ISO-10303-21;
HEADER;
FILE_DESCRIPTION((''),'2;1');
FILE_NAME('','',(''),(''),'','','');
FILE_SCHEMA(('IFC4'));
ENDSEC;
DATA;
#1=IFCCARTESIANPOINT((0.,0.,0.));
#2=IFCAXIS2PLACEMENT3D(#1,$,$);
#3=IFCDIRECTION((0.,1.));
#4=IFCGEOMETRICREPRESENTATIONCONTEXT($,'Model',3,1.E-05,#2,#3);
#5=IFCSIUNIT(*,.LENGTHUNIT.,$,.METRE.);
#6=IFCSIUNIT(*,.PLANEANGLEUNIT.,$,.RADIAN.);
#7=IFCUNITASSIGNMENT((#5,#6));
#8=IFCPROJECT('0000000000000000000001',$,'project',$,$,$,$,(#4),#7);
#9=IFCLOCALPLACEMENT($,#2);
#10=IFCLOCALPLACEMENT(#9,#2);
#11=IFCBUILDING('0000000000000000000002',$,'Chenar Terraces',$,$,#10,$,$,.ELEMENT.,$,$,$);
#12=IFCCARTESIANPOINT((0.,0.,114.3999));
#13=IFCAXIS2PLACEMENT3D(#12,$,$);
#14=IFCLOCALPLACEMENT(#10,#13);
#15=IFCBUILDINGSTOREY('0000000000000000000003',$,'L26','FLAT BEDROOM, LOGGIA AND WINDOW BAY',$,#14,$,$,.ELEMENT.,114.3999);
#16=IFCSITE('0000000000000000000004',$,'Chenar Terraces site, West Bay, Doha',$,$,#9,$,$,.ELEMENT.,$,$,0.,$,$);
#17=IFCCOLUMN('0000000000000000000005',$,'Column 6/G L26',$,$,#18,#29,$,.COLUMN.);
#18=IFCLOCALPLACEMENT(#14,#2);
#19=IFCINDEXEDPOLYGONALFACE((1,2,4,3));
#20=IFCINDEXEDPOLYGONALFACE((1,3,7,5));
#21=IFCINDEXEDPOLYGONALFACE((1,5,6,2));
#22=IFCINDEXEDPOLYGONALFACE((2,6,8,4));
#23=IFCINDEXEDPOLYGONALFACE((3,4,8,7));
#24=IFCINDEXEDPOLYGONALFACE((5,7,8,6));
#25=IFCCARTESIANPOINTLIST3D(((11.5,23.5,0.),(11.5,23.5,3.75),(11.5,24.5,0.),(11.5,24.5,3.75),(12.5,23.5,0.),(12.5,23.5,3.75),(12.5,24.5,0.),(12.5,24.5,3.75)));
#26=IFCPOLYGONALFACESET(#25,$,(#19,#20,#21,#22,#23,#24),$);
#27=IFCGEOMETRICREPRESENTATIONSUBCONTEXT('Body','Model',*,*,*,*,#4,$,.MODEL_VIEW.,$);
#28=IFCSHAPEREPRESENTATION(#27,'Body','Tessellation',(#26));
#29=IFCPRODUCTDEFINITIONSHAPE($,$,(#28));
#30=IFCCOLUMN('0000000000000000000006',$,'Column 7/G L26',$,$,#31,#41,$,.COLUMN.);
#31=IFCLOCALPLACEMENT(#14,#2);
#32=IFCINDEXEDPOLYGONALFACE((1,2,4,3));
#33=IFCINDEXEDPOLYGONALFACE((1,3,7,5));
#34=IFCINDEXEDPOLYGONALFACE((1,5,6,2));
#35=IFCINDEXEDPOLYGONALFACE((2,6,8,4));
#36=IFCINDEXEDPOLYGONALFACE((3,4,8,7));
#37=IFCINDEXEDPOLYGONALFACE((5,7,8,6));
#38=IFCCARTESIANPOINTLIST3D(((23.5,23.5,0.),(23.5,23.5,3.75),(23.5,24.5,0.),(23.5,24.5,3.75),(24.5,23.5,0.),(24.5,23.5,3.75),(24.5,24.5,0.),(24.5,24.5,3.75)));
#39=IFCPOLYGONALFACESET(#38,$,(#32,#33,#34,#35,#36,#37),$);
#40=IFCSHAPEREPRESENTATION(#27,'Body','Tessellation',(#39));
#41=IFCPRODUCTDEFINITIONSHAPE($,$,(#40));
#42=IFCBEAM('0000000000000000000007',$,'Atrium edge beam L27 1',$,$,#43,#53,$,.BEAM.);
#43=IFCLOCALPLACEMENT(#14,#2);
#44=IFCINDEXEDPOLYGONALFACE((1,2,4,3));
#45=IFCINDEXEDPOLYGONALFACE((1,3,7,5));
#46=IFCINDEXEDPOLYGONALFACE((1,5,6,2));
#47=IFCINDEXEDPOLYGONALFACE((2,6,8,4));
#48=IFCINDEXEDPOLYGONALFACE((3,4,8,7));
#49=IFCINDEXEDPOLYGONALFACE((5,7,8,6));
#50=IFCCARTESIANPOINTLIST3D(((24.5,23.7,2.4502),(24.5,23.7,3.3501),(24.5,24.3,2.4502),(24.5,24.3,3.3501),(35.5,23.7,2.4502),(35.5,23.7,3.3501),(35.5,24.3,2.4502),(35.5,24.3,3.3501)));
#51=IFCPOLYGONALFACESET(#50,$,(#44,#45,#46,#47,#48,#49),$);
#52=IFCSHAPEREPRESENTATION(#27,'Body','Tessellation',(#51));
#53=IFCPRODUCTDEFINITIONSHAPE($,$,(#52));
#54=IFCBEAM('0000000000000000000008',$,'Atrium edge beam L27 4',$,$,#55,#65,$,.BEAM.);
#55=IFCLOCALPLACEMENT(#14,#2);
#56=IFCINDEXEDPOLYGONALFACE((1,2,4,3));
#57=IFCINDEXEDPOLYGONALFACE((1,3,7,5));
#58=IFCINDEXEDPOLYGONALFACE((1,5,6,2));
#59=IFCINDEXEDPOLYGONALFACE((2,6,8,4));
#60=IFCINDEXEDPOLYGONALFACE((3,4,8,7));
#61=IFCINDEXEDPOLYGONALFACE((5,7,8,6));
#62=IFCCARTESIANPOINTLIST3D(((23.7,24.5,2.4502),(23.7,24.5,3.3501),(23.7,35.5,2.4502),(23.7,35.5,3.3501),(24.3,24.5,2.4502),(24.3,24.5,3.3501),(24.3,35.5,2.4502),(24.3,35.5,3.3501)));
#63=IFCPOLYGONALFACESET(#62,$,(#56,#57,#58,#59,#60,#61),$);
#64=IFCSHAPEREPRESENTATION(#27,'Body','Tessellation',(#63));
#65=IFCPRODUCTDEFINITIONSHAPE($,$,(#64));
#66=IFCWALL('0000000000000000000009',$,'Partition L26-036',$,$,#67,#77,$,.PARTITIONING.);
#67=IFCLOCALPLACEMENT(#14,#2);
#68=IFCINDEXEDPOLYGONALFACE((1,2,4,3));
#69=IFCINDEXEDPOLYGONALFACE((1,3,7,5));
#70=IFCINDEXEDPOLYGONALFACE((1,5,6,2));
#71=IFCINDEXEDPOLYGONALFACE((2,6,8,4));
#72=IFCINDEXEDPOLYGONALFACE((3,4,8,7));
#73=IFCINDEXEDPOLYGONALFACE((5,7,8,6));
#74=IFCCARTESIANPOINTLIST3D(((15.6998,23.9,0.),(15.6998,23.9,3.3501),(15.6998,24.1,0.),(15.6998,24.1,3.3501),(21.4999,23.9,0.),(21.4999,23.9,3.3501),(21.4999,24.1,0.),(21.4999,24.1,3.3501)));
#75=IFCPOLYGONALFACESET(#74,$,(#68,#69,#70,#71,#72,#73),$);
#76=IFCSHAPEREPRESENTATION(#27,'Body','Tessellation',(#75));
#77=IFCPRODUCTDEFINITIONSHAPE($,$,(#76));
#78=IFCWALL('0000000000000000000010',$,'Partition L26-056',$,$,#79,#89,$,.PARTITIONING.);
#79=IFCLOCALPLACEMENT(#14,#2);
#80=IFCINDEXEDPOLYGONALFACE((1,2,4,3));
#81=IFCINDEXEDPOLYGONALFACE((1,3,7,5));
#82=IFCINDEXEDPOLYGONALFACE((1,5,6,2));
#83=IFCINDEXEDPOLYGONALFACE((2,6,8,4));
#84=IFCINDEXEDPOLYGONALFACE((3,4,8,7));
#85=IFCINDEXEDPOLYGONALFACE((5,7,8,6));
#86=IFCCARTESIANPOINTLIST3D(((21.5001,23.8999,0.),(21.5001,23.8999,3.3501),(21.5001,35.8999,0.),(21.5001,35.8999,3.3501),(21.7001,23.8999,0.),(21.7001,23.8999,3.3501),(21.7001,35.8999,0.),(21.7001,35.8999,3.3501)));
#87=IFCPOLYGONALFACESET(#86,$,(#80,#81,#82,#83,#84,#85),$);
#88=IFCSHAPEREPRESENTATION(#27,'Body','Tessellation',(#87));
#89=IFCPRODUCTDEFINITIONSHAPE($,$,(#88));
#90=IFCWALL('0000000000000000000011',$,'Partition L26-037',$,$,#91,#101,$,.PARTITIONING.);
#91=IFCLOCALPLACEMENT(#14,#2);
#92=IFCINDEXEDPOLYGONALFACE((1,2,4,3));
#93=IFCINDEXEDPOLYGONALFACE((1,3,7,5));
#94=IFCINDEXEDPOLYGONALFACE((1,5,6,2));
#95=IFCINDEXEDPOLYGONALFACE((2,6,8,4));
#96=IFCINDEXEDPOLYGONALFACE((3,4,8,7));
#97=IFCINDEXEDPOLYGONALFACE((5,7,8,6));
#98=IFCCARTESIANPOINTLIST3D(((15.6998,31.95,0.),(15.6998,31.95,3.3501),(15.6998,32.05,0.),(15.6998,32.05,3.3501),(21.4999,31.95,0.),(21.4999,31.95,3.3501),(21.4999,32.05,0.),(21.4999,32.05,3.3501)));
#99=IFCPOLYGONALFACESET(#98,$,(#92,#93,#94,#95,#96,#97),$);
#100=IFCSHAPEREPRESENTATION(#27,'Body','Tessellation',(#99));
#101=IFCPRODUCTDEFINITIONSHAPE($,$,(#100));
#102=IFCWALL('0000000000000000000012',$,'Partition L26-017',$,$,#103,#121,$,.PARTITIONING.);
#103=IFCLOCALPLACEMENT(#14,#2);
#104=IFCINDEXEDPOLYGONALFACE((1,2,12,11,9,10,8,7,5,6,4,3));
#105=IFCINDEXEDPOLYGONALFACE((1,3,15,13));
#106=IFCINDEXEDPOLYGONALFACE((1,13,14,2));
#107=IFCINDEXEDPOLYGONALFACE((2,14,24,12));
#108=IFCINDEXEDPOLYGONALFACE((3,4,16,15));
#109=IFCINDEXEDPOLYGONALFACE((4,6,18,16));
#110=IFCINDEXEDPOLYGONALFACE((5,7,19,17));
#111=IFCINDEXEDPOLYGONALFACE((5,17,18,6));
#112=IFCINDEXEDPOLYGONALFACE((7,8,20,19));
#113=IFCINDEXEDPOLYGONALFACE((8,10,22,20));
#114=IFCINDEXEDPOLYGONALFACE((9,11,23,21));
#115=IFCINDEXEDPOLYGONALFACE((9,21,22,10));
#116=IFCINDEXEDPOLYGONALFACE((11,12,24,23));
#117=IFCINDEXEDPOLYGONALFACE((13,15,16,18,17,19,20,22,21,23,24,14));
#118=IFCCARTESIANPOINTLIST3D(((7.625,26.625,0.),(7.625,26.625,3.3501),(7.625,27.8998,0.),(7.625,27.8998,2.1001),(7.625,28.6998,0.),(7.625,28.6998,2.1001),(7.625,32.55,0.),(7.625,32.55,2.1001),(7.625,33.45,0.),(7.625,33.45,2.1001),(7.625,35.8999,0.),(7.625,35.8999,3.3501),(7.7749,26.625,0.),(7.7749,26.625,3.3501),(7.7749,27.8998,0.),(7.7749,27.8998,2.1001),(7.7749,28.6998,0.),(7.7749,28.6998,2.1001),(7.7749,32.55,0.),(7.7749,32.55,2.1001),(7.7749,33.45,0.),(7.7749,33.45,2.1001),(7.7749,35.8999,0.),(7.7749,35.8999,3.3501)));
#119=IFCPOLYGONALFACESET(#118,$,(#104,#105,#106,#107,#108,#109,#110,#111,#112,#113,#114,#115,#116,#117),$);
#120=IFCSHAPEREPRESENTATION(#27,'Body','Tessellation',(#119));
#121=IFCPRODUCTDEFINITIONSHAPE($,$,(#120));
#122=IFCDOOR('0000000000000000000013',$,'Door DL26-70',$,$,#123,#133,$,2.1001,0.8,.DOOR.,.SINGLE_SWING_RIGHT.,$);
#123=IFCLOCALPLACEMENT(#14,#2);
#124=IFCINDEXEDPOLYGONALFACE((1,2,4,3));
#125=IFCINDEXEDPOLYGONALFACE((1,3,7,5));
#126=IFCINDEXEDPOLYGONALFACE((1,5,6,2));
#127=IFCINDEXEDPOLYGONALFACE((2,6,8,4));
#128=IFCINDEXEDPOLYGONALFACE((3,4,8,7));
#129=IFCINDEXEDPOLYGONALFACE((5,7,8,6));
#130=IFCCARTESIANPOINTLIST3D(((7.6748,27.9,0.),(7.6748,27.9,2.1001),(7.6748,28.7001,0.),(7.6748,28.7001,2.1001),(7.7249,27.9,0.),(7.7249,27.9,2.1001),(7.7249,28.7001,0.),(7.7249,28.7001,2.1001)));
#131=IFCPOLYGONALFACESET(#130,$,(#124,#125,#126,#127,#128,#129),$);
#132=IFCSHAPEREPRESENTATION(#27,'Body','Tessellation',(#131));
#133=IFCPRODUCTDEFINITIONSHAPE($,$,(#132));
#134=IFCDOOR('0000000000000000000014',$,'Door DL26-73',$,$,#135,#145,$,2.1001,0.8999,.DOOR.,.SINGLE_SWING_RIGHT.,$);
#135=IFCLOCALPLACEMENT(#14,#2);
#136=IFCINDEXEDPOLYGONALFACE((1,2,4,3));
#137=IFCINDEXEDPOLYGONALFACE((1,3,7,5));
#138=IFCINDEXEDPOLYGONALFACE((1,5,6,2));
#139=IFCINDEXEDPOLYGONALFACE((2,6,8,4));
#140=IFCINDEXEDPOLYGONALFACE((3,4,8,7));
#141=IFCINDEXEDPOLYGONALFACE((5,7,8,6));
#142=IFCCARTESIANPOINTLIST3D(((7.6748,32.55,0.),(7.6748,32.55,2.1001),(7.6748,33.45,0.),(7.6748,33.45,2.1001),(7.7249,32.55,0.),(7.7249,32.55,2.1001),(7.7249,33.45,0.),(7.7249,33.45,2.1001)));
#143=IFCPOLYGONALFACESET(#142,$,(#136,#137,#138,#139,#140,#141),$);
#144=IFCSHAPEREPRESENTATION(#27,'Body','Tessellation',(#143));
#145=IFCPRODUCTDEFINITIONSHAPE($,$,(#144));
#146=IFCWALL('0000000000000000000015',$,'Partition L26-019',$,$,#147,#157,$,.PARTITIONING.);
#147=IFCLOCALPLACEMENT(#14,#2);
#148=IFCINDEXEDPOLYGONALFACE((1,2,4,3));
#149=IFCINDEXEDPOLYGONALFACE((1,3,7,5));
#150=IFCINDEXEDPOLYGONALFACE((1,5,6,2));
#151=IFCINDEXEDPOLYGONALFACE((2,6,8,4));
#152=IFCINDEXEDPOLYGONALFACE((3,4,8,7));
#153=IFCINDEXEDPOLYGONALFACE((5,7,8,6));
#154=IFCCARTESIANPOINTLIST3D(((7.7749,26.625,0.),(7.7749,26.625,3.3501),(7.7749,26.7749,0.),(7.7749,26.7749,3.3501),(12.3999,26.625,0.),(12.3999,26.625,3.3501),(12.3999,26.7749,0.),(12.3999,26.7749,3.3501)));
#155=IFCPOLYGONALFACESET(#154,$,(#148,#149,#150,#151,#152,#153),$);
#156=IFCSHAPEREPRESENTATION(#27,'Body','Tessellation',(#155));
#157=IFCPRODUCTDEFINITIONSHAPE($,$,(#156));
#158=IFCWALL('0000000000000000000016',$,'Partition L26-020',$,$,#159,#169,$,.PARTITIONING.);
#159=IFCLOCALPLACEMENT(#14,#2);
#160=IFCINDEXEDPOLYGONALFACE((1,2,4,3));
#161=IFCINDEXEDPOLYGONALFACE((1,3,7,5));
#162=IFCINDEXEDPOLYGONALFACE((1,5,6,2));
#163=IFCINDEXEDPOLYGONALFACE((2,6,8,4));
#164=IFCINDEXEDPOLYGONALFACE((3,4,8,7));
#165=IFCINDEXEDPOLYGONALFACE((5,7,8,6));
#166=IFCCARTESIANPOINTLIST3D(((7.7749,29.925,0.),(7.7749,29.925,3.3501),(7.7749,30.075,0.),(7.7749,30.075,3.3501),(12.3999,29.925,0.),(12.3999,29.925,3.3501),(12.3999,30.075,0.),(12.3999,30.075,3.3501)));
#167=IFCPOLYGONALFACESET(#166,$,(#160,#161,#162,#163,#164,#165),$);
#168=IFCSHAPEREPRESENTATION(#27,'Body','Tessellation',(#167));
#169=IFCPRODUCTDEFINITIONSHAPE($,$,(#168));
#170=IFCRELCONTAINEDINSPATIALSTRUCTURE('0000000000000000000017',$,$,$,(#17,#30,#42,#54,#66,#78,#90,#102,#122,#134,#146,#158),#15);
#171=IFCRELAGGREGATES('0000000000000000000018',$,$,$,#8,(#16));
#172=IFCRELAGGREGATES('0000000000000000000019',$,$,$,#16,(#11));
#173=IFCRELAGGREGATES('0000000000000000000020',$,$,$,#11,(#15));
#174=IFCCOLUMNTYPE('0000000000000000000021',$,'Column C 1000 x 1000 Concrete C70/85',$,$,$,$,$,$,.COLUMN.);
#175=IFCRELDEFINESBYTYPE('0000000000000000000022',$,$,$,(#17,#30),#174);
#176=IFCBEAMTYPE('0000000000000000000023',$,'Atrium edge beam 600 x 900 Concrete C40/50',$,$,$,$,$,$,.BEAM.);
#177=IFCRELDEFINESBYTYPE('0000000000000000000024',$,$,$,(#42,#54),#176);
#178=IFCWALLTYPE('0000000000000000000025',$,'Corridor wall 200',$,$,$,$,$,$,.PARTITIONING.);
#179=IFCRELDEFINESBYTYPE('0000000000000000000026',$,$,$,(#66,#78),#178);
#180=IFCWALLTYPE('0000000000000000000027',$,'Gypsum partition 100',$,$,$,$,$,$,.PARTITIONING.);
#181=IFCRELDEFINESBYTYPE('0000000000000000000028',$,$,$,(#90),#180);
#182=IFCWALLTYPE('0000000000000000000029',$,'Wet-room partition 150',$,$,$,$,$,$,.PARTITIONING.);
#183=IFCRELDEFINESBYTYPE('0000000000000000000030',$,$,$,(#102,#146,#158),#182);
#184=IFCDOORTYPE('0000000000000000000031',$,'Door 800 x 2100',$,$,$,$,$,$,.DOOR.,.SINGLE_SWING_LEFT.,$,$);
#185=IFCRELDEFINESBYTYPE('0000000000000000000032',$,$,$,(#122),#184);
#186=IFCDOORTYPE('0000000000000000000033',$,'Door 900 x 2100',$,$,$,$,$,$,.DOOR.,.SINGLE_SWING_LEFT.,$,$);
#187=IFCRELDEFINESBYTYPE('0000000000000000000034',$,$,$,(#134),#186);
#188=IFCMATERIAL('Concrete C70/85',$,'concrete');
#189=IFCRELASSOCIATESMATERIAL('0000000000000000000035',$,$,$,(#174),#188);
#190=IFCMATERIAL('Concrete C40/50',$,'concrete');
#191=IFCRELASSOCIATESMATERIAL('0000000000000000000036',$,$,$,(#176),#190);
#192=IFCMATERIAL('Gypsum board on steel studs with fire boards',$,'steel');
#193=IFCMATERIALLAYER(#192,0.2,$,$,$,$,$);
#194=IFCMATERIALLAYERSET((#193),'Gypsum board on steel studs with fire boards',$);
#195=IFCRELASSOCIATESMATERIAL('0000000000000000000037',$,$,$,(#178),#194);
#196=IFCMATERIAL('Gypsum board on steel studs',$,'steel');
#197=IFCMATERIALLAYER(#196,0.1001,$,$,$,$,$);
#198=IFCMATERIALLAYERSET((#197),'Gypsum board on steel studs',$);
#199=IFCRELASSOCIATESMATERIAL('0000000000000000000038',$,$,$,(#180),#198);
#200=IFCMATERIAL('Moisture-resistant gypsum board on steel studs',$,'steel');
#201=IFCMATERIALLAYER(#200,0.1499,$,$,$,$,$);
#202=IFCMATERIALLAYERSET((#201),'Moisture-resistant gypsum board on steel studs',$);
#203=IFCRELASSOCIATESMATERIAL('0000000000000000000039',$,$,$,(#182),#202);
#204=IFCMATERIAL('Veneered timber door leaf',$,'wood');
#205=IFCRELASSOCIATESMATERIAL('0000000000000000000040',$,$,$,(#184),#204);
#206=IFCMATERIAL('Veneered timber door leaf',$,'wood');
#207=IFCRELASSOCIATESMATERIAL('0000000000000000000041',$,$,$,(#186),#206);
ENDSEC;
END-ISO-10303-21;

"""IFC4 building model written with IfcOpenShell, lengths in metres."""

from ifc_helpers import new_model, si_unit, direction, frame, frame_2d, origin, origin_2d, place, context, subcontext, project, spatial, rectangle, extrude, material, layer, layer_set, material_profile, profile_set, type_object, element, fill, save


model = new_model("IFC4")

# Units and contexts
model_context = context("Model", 3, precision=1e-05, world=origin(), true_north=direction((0.0, 1.0)))
body_context = subcontext(model_context, "Body", "Model", "MODEL_VIEW")
ifc_project = project(units=[si_unit("LENGTHUNIT", "METRE"), si_unit("PLANEANGLEUNIT", "RADIAN")], contexts=[model_context])

# Site, building, storey
site_placement = place(None, origin())
site = spatial("IfcSite", under=ifc_project, at=site_placement, Name="Chenar Terraces site, West Bay, Doha", CompositionType="ELEMENT", RefElevation=0.0)
building_placement = place(site_placement, origin())
building = spatial("IfcBuilding", under=site, at=building_placement, Name="Chenar Terraces", CompositionType="ELEMENT")
storey_placement = place(building_placement, frame((0.0, 0.0, 114.3999)))
storey = spatial("IfcBuildingStorey", under=building, at=storey_placement, Name="L26", Description="FLAT BEDROOM, LOGGIA AND WINDOW BAY", CompositionType="ELEMENT", Elevation=114.3999)

# Columns
ifc_material_1 = material(Name="Concrete C70/85", Category="concrete")
ifc_material_profile_1 = material_profile(ifc_material_1, rectangle(XDim=1.0, YDim=1.0, at=origin_2d()), Name="C 1000 x 1000")
ifc_profile_set_1 = profile_set([ifc_material_profile_1], Name="Concrete C70/85")
column_type = type_object("IfcColumnType", Name="Column C 1000 x 1000 Concrete C70/85", PredefinedType="COLUMN", material=ifc_profile_set_1)
for number, where, z_axis, x_axis, name in (
    (1, (12.0, 24.0, 0.0), (0.0, 0.0, 1.0), (1.0, 0.0, 0.0), "Column 6/G L26"),
    (2, (24.0, 24.0, 0.0), (0.0, 0.0, 1.0), (1.0, 0.0, 0.0), "Column 7/G L26"),
):
    element("IfcColumn", number, at=place(storey_placement, frame(where, z_axis=z_axis, x_axis=x_axis)), inside=storey, type_object=column_type, Name=name, PredefinedType="COLUMN", context=body_context, shape_type="SweptSolid", body=[
        extrude(rectangle(XDim=1.0, YDim=1.0, at=origin_2d()), origin(), (0.0, 0.0, 1.0), 3.75),
    ])

# Beams
ifc_material_2 = material(Name="Concrete C40/50", Category="concrete")
ifc_material_profile_2 = material_profile(ifc_material_2, rectangle(XDim=0.6001, YDim=0.8999, at=origin_2d()), Name="RC 600 x 900")
ifc_profile_set_2 = profile_set([ifc_material_profile_2], Name="Concrete C40/50")
beam_type = type_object("IfcBeamType", Name="Atrium edge beam 600 x 900 Concrete C40/50", PredefinedType="BEAM", material=ifc_profile_set_2)
for number, where, z_axis, x_axis, name in (
    (3, (24.5, 24.0, 2.9001), (1.0, 0.0, 0.0), (0.0, 1.0, 0.0), "Atrium edge beam L27 1"),
    (4, (24.0, 35.5, 2.9001), (0.0, -1.0, 0.0), (1.0, 0.0, 0.0), "Atrium edge beam L27 4"),
):
    element("IfcBeam", number, at=place(storey_placement, frame(where, z_axis=z_axis, x_axis=x_axis)), inside=storey, type_object=beam_type, Name=name, PredefinedType="BEAM", context=body_context, shape_type="SweptSolid", body=[
        extrude(rectangle(XDim=0.6001, YDim=0.8999, at=origin_2d()), origin(), (0.0, 0.0, 1.0), 11.0),
    ])

# Walls
ifc_material_3 = material(Name="Gypsum board on steel studs with fire boards", Category="steel")
ifc_layer_1 = layer(ifc_material_3, 0.2)
ifc_layer_set_1 = layer_set([ifc_layer_1], Name="Gypsum board on steel studs with fire boards")
wall_type_1 = type_object("IfcWallType", Name="Corridor wall 200", PredefinedType="PARTITIONING", material=ifc_layer_set_1)
wall_1_placement = place(storey_placement, frame((15.7, 24.0, 0.0), z_axis=(0.0, 0.0, 1.0), x_axis=(1.0, 0.0, 0.0)))
element("IfcWall", 5, at=wall_1_placement, inside=storey, type_object=wall_type_1, Name="Partition L26-036", PredefinedType="PARTITIONING", context=body_context, shape_type="SweptSolid", body=[
    extrude(rectangle(XDim=5.8, YDim=0.2, at=frame_2d((2.8999, 0.0))), origin(), (0.0, 0.0, 1.0), 3.3501),
])
wall_2_placement = place(storey_placement, frame((21.6001, 23.8999, 0.0), z_axis=(0.0, 0.0, 1.0), x_axis=(0.0, 1.0, 0.0)))
element("IfcWall", 6, at=wall_2_placement, inside=storey, type_object=wall_type_1, Name="Partition L26-056", PredefinedType="PARTITIONING", context=body_context, shape_type="SweptSolid", body=[
    extrude(rectangle(XDim=12.0, YDim=0.2, at=frame_2d((6.0, 0.0))), origin(), (0.0, 0.0, 1.0), 3.3501),
])
ifc_material_4 = material(Name="Gypsum board on steel studs", Category="steel")
ifc_layer_2 = layer(ifc_material_4, 0.1001)
ifc_layer_set_2 = layer_set([ifc_layer_2], Name="Gypsum board on steel studs")
wall_type_2 = type_object("IfcWallType", Name="Gypsum partition 100", PredefinedType="PARTITIONING", material=ifc_layer_set_2)
wall_3_placement = place(storey_placement, frame((15.7, 32.0, 0.0), z_axis=(0.0, 0.0, 1.0), x_axis=(1.0, 0.0, 0.0)))
element("IfcWall", 7, at=wall_3_placement, inside=storey, type_object=wall_type_2, Name="Partition L26-037", PredefinedType="PARTITIONING", context=body_context, shape_type="SweptSolid", body=[
    extrude(rectangle(XDim=5.8, YDim=0.1001, at=frame_2d((2.8999, 0.0))), origin(), (0.0, 0.0, 1.0), 3.3501),
])

# Wall, openings, doors
ifc_material_5 = material(Name="Moisture-resistant gypsum board on steel studs", Category="steel")
ifc_layer_3 = layer(ifc_material_5, 0.1499)
ifc_layer_set_3 = layer_set([ifc_layer_3], Name="Moisture-resistant gypsum board on steel studs")
wall_type_3 = type_object("IfcWallType", Name="Wet-room partition 150", PredefinedType="PARTITIONING", material=ifc_layer_set_3)
wall_4_placement = place(storey_placement, frame((7.7, 26.625, 0.0), z_axis=(0.0, 0.0, 1.0), x_axis=(0.0, 1.0, 0.0)))
wall_4 = element("IfcWall", 8, at=wall_4_placement, inside=storey, type_object=wall_type_3, Name="Partition L26-017", PredefinedType="PARTITIONING", context=body_context, shape_type="SweptSolid", body=[
    extrude(rectangle(XDim=9.2749, YDim=0.1499, at=frame_2d((4.6375, 0.0))), origin(), (0.0, 0.0, 1.0), 3.3501),
])
opening_1_placement = place(wall_4_placement, frame((1.2749, 0.0, 0.0)))
opening_1 = element("IfcOpeningElement", 9, at=opening_1_placement, cuts=wall_4, PredefinedType="OPENING", context=body_context, shape_type="SweptSolid", body=[
    extrude(rectangle(XDim=0.8, YDim=2.1001, at=frame_2d((0.3999, 1.05))), frame((0.0, 0.085, 0.0), z_axis=(0.0, -1.0, 0.0), x_axis=(1.0, 0.0, 0.0)), (0.0, 0.0, 1.0), 0.1699),
])
opening_2_placement = place(wall_4_placement, frame((5.925, 0.0, 0.0)))
opening_2 = element("IfcOpeningElement", 10, at=opening_2_placement, cuts=wall_4, PredefinedType="OPENING", context=body_context, shape_type="SweptSolid", body=[
    extrude(rectangle(XDim=0.8999, YDim=2.1001, at=frame_2d((0.45, 1.05))), frame((0.0, 0.085, 0.0), z_axis=(0.0, -1.0, 0.0), x_axis=(1.0, 0.0, 0.0)), (0.0, 0.0, 1.0), 0.1699),
])
ifc_material_6 = material(Name="Veneered timber door leaf", Category="wood")
door_type_1 = type_object("IfcDoorType", Name="Door 800 x 2100", OperationType="SINGLE_SWING_LEFT", PredefinedType="DOOR", material=ifc_material_6)
door_1_placement = place(opening_1_placement, frame((0.8, 0.0, 0.0), z_axis=(0.0, 0.0, 1.0), x_axis=(-1.0, 0.0, 0.0)))
door_1 = element("IfcDoor", 11, at=door_1_placement, inside=storey, type_object=door_type_1, Name="Door DL26-70", OperationType="SINGLE_SWING_RIGHT", OverallHeight=2.1001, OverallWidth=0.8, PredefinedType="DOOR", context=body_context, shape_type="SweptSolid", body=[
    extrude(rectangle(XDim=0.8, YDim=2.1001, at=frame_2d((0.3999, 1.05))), frame((0.0, 0.0249, 0.0), z_axis=(0.0, -1.0, 0.0), x_axis=(1.0, 0.0, 0.0)), (0.0, 0.0, 1.0), 0.05),
])
fill(opening_1, door_1)
ifc_material_7 = material(Name="Veneered timber door leaf", Category="wood")
door_type_2 = type_object("IfcDoorType", Name="Door 900 x 2100", OperationType="SINGLE_SWING_LEFT", PredefinedType="DOOR", material=ifc_material_7)
door_2_placement = place(opening_2_placement, frame((0.8999, 0.0, 0.0), z_axis=(0.0, 0.0, 1.0), x_axis=(-1.0, 0.0, 0.0)))
door_2 = element("IfcDoor", 12, at=door_2_placement, inside=storey, type_object=door_type_2, Name="Door DL26-73", OperationType="SINGLE_SWING_RIGHT", OverallHeight=2.1001, OverallWidth=0.8999, PredefinedType="DOOR", context=body_context, shape_type="SweptSolid", body=[
    extrude(rectangle(XDim=0.8999, YDim=2.1001, at=frame_2d((0.45, 1.05))), frame((0.0, 0.0249, 0.0), z_axis=(0.0, -1.0, 0.0), x_axis=(1.0, 0.0, 0.0)), (0.0, 0.0, 1.0), 0.05),
])
fill(opening_2, door_2)

# Walls
for number, where, z_axis, x_axis, name in (
    (13, (7.7749, 26.7, 0.0), (0.0, 0.0, 1.0), (1.0, 0.0, 0.0), "Partition L26-019"),
    (14, (7.7749, 30.0, 0.0), (0.0, 0.0, 1.0), (1.0, 0.0, 0.0), "Partition L26-020"),
):
    element("IfcWall", number, at=place(storey_placement, frame(where, z_axis=z_axis, x_axis=x_axis)), inside=storey, type_object=wall_type_3, Name=name, PredefinedType="PARTITIONING", context=body_context, shape_type="SweptSolid", body=[
        extrude(rectangle(XDim=4.625, YDim=0.1499, at=frame_2d((2.3125, 0.0))), origin(), (0.0, 0.0, 1.0), 3.3501),
    ])

save(model, "model.ifc")
